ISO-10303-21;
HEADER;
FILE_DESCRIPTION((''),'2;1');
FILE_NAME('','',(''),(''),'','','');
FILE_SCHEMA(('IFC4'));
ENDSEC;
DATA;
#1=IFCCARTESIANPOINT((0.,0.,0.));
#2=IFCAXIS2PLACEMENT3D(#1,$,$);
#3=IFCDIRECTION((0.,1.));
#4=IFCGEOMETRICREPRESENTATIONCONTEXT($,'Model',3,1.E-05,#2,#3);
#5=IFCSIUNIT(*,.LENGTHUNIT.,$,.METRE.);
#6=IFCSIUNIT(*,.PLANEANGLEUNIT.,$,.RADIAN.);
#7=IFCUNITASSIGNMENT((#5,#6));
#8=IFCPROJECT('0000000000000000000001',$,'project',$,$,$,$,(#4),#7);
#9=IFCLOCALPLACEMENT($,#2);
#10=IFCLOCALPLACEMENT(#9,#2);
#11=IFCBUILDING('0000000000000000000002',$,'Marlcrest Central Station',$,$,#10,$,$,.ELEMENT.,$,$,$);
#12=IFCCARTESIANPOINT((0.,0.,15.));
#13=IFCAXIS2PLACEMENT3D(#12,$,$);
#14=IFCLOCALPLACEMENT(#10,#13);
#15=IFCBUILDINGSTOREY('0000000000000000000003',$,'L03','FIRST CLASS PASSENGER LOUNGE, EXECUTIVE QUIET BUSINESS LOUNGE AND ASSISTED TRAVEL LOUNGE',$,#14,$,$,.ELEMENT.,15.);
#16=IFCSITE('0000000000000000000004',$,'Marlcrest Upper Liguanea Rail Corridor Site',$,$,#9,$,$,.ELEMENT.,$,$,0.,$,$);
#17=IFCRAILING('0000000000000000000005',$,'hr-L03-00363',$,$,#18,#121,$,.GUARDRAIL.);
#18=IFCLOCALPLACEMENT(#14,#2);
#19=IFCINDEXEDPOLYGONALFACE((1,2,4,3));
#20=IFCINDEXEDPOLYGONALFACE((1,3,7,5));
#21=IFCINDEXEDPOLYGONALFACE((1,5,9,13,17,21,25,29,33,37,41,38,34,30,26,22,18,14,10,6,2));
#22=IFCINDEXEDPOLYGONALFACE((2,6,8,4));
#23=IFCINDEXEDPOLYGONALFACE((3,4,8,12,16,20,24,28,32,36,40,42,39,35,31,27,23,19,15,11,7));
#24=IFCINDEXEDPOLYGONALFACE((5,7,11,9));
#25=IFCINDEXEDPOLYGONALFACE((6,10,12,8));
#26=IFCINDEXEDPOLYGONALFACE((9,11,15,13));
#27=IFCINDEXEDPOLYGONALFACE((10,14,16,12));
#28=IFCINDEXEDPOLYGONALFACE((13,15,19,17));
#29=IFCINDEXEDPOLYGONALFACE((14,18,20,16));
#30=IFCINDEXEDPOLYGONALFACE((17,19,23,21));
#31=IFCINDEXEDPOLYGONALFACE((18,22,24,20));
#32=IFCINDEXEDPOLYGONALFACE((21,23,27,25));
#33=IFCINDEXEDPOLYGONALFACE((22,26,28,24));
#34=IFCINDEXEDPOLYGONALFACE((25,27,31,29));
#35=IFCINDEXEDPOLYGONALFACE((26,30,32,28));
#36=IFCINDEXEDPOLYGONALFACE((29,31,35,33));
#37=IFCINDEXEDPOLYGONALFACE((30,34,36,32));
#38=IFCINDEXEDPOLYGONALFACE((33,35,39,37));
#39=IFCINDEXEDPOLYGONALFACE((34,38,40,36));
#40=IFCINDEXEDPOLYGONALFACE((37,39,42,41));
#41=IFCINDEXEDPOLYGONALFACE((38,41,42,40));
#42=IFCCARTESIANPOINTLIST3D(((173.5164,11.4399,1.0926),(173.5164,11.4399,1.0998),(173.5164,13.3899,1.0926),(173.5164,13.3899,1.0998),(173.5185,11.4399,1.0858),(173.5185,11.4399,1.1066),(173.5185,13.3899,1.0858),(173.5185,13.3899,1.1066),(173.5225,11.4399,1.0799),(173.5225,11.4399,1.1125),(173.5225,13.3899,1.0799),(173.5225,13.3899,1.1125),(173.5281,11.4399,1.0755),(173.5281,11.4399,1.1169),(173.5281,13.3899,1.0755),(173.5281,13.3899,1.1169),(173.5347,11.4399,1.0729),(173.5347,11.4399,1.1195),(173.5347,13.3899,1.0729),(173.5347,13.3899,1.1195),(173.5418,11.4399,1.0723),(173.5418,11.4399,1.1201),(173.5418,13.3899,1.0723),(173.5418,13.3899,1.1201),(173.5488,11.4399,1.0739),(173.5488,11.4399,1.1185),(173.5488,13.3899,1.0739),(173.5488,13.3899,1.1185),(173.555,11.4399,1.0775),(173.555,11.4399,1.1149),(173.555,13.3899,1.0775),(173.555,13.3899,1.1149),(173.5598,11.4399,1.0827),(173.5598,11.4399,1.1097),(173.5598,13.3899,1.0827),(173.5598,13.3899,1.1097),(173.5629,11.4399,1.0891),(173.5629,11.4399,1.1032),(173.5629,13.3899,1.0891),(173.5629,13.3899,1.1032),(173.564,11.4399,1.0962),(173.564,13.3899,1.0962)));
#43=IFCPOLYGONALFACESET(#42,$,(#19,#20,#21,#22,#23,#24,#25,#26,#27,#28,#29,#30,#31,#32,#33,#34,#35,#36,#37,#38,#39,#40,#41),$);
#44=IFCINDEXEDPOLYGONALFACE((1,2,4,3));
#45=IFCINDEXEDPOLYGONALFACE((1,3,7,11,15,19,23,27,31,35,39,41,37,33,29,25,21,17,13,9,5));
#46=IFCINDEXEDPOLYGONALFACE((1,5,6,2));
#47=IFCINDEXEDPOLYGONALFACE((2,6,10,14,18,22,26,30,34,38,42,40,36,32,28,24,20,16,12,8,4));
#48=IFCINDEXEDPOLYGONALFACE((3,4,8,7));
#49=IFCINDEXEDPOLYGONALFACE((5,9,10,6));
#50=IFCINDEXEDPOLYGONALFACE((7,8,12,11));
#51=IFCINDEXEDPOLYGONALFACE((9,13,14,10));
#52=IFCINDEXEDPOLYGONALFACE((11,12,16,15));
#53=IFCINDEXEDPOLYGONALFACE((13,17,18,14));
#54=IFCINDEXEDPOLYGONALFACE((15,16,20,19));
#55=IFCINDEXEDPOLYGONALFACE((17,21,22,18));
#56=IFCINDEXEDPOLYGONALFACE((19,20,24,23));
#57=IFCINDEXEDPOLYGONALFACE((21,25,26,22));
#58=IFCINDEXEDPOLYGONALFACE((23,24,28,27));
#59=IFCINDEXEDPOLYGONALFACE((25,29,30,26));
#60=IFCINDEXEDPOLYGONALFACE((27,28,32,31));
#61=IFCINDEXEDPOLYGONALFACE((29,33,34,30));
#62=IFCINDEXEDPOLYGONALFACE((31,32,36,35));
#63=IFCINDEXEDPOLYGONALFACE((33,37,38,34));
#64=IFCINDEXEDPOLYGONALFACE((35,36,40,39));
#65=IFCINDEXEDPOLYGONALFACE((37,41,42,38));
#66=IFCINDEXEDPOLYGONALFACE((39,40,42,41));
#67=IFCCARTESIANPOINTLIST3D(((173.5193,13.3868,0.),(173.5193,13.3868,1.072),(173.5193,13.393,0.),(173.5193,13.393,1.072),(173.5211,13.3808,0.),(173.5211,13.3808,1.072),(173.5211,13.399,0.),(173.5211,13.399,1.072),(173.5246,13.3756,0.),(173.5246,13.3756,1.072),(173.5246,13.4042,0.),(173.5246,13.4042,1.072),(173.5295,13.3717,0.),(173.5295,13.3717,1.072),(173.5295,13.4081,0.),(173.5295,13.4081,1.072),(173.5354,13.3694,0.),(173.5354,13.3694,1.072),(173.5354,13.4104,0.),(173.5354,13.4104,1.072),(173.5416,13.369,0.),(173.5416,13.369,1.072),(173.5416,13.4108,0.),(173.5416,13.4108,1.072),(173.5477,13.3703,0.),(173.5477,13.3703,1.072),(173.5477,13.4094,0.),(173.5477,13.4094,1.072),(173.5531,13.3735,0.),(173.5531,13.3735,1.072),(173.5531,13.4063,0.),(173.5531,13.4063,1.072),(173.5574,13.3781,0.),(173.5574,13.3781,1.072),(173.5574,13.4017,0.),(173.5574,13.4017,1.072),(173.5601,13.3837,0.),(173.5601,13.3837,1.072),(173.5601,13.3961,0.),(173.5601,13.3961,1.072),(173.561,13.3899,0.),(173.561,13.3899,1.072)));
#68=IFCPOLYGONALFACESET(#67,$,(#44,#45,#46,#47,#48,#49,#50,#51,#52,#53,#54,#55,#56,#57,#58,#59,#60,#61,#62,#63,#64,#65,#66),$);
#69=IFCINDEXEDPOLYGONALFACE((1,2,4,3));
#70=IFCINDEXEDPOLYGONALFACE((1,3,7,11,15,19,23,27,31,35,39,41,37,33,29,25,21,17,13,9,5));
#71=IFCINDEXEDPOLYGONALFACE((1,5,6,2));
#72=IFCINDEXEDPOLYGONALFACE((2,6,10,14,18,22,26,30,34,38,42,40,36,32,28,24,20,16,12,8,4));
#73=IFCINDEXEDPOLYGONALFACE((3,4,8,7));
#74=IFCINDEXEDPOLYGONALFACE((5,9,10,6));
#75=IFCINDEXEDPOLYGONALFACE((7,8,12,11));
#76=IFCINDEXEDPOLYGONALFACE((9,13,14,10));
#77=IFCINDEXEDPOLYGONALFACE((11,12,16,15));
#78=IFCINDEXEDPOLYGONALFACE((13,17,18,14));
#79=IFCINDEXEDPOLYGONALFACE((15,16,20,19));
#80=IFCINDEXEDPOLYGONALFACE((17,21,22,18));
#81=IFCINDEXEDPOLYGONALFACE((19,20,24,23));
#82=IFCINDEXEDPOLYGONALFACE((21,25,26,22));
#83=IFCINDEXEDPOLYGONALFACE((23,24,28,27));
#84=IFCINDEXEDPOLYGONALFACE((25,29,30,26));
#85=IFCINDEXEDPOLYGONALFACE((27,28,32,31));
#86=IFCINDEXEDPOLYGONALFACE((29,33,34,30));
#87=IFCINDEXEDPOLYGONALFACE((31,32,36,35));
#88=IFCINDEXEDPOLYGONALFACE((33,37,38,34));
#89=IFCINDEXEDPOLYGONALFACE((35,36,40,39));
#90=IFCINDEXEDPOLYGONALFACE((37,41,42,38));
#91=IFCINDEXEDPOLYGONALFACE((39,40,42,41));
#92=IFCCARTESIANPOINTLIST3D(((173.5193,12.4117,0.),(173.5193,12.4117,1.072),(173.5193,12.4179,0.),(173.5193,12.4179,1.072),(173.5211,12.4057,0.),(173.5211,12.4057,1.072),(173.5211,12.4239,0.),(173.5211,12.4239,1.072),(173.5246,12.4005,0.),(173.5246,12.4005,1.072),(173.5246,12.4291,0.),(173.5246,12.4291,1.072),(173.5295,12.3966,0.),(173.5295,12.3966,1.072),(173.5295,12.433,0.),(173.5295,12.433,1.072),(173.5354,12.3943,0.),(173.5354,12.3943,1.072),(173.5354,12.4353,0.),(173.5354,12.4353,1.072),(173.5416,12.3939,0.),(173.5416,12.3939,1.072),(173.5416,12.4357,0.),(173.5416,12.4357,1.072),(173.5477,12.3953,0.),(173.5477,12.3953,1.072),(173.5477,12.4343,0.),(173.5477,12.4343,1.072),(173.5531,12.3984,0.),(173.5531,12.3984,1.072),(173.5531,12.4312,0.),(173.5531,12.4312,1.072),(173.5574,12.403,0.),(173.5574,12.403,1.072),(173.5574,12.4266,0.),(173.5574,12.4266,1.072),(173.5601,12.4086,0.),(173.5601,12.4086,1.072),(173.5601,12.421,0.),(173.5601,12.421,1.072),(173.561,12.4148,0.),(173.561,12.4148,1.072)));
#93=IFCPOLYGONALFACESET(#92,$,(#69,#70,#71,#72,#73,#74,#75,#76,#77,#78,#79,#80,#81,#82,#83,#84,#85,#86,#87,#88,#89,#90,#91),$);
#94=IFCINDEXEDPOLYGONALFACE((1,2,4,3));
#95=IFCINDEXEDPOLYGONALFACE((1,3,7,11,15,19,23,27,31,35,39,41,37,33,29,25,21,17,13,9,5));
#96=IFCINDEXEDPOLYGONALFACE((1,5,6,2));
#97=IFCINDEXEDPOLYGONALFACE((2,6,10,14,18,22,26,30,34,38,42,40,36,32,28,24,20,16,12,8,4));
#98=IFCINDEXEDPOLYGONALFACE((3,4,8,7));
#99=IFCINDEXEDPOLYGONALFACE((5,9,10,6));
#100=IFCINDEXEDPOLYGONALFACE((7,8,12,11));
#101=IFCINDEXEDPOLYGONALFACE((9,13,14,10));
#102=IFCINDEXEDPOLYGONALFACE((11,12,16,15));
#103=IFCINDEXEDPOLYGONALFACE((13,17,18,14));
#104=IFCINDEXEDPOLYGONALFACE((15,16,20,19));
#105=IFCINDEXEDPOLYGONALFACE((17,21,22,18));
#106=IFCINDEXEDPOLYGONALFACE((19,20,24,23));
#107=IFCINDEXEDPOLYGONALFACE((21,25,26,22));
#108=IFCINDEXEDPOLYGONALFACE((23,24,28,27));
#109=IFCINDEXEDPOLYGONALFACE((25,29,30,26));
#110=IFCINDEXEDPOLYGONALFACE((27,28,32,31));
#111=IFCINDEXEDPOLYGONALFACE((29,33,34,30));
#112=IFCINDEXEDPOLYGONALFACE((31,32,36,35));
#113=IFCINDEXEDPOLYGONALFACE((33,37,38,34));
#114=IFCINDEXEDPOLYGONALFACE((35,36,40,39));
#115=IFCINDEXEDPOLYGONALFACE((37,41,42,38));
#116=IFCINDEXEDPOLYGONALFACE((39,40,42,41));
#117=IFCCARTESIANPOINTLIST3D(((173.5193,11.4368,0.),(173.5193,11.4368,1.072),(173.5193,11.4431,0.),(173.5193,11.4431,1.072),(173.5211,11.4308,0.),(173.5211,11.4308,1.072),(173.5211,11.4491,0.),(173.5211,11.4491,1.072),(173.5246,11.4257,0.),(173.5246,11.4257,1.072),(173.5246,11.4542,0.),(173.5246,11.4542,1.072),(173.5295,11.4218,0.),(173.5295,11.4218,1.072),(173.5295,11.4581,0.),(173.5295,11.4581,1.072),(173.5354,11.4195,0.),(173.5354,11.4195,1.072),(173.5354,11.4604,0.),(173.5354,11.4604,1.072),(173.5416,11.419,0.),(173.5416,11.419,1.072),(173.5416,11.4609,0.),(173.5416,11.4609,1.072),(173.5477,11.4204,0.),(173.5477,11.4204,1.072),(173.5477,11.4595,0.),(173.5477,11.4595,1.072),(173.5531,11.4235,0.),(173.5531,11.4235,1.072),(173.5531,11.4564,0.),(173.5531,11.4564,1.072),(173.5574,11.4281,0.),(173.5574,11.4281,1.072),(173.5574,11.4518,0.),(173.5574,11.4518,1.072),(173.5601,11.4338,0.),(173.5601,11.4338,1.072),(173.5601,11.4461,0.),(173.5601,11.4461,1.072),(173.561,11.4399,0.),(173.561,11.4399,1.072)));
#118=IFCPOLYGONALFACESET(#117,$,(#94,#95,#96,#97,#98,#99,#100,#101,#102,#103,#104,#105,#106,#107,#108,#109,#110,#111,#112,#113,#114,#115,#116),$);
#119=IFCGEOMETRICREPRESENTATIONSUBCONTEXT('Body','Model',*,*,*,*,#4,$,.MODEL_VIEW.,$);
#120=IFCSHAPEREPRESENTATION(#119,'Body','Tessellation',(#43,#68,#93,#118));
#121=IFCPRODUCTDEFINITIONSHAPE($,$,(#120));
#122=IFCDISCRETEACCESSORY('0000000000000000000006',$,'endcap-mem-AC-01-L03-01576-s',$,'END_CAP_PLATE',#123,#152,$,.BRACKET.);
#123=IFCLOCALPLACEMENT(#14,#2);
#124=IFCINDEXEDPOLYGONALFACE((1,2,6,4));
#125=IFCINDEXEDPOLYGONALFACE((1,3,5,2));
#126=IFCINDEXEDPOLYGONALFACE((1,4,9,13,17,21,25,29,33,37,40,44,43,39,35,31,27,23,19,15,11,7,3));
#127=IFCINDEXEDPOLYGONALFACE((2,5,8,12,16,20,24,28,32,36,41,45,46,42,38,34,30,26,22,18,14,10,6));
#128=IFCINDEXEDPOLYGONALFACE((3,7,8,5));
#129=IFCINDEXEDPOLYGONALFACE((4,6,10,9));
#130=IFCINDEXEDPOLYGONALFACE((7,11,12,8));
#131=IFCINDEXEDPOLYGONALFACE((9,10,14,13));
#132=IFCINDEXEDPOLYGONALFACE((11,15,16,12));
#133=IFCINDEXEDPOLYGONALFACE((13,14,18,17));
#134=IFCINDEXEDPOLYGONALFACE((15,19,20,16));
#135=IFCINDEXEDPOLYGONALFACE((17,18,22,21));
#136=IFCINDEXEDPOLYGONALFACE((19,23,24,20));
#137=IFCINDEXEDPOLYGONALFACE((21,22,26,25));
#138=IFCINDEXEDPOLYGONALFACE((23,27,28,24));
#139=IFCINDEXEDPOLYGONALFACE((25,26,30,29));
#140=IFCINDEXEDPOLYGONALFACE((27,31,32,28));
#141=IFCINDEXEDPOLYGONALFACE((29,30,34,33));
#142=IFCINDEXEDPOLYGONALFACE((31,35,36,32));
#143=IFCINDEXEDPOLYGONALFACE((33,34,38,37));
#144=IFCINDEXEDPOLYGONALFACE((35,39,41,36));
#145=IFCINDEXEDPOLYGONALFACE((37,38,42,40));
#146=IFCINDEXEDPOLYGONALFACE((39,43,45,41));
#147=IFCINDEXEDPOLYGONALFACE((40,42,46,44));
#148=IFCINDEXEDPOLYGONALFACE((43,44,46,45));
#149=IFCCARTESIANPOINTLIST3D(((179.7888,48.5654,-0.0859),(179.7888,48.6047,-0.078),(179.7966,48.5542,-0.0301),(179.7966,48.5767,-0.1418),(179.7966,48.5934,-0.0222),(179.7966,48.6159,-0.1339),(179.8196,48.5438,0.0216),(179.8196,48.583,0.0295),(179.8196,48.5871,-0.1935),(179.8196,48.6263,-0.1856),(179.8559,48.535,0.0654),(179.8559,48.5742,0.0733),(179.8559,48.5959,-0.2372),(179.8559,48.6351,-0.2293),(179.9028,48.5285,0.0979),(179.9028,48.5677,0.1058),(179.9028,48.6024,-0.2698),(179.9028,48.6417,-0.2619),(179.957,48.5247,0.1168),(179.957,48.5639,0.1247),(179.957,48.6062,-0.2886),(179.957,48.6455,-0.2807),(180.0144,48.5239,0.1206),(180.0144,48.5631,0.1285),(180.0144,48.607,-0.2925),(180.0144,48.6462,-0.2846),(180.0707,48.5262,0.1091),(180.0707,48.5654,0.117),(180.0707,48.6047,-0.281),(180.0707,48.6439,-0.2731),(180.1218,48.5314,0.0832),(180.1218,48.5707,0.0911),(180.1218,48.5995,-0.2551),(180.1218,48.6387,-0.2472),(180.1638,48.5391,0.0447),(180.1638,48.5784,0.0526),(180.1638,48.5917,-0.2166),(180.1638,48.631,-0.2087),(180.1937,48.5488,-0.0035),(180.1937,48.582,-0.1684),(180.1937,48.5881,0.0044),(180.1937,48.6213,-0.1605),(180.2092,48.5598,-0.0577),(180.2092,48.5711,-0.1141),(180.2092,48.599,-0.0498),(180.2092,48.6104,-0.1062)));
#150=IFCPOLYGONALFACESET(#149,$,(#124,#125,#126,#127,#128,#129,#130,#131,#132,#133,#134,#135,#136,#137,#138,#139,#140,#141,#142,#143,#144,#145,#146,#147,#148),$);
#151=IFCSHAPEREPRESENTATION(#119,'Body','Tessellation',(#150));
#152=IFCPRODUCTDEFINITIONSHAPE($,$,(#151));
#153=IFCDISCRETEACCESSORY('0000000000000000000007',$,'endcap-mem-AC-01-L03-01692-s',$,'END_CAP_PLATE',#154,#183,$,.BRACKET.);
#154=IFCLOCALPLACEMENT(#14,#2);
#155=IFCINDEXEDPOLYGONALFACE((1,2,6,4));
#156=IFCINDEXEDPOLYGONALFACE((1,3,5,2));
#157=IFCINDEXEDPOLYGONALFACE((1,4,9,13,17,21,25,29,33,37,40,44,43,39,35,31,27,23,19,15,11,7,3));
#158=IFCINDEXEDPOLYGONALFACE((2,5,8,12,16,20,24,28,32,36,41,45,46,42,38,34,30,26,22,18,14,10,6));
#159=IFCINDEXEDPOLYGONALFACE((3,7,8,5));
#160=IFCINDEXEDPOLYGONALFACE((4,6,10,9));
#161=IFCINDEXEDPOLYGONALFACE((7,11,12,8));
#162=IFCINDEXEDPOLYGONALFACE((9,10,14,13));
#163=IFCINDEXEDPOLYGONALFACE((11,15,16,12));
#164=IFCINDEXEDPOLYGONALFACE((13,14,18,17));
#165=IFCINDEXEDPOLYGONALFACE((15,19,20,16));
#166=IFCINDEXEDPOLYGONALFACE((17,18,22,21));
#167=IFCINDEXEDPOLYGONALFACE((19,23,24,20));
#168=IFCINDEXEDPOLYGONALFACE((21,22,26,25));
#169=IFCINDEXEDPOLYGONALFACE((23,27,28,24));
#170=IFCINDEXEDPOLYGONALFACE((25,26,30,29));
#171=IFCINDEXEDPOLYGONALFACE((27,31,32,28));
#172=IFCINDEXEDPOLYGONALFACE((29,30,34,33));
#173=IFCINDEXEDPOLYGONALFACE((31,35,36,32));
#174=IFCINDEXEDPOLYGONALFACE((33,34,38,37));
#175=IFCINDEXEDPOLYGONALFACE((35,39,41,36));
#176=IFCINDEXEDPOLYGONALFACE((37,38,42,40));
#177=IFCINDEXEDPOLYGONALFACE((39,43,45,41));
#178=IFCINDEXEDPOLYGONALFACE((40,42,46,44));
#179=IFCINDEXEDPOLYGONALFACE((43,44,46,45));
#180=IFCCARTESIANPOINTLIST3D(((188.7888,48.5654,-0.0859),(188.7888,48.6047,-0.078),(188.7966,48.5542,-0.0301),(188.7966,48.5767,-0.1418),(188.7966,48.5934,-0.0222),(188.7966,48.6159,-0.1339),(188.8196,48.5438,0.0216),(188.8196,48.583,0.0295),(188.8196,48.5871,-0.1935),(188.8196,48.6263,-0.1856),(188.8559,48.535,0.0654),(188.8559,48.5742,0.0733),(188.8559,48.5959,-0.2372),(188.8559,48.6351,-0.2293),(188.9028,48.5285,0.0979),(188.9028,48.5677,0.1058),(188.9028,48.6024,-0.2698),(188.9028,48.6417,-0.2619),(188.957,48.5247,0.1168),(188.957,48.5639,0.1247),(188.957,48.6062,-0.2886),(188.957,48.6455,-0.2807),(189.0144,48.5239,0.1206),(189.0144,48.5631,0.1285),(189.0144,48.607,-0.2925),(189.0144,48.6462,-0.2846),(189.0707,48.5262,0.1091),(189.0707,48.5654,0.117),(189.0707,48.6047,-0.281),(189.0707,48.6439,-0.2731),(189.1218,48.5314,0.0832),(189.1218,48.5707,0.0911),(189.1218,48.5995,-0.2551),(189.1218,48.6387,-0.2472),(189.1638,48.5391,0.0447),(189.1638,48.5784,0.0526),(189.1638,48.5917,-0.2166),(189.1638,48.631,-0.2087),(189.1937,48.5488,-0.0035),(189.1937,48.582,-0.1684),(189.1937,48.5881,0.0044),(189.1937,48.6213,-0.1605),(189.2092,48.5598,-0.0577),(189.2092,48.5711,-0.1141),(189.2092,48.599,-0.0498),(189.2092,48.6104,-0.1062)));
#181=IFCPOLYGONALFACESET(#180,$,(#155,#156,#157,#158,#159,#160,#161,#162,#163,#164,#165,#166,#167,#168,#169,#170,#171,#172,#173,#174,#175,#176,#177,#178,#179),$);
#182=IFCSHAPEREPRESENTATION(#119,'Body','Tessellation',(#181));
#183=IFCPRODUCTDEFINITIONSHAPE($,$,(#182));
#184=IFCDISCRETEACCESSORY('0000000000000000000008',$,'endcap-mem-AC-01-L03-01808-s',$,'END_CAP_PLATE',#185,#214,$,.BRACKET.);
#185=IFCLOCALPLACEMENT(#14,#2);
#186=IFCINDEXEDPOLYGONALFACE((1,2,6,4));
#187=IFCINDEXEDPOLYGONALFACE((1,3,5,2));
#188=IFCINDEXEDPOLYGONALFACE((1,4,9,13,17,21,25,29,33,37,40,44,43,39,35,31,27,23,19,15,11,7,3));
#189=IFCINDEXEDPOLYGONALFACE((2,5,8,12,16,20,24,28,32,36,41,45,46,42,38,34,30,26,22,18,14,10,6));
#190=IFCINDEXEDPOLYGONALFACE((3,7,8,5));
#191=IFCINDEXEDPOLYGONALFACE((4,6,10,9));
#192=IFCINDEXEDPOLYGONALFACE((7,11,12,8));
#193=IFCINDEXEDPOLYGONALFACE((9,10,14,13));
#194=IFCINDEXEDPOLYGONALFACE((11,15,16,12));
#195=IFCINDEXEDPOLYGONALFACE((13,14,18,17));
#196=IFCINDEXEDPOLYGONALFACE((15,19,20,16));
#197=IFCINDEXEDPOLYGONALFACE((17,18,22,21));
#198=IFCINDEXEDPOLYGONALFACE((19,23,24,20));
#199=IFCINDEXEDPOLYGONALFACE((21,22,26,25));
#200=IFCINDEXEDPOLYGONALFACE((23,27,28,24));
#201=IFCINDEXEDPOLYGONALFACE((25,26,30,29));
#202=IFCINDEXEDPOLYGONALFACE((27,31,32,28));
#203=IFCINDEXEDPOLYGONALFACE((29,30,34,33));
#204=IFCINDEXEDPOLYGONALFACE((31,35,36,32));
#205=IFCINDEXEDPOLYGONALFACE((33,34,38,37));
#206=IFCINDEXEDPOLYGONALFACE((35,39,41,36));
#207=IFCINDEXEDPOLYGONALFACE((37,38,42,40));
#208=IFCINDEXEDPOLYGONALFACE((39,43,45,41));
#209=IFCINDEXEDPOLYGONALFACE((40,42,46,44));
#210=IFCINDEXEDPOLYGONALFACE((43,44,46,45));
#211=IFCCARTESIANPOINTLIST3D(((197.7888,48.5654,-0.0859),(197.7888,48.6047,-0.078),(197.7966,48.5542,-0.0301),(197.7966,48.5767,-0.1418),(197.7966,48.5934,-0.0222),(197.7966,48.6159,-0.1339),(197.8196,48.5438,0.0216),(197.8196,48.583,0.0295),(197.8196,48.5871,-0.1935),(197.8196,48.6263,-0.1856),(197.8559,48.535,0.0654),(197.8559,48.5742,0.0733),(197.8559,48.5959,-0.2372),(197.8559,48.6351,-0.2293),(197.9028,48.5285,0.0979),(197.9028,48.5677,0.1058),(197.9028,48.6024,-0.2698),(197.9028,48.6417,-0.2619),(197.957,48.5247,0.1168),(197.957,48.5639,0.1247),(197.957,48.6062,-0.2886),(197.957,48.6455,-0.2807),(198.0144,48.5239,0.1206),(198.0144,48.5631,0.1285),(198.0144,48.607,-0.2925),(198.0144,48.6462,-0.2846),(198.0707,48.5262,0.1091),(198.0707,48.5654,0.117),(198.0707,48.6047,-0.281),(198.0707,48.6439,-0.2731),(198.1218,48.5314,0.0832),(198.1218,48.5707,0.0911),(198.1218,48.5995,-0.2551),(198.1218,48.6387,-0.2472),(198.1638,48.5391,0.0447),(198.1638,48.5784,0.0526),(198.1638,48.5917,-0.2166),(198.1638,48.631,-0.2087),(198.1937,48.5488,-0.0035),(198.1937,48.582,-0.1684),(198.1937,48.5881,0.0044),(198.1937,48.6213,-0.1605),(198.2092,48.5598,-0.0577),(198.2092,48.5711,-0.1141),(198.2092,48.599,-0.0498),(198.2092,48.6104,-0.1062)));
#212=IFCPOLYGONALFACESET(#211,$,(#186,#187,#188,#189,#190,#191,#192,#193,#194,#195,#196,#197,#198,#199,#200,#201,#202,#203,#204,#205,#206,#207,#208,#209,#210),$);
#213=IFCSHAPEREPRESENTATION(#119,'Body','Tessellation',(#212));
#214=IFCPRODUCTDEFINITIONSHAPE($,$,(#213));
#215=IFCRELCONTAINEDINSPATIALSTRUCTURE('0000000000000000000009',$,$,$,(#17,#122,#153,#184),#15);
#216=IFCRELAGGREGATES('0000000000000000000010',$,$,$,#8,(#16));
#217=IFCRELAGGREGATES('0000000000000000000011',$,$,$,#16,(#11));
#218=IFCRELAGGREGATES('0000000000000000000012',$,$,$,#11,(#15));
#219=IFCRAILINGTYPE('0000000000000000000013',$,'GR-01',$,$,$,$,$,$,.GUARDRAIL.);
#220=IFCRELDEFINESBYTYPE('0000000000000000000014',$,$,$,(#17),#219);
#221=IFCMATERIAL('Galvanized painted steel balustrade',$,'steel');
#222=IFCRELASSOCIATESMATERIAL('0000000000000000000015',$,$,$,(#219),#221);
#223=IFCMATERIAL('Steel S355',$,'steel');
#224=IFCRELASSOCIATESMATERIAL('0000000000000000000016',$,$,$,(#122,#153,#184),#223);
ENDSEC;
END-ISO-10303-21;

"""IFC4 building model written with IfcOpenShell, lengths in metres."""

from ifc_helpers import new_model, si_unit, direction, frame, origin, origin_2d, place, context, subcontext, project, spatial, circle, extrude, material, type_object, element, save


model = new_model("IFC4")

# Units and contexts
model_context = context("Model", 3, precision=1e-05, world=origin(), true_north=direction((0.0, 1.0)))
body_context = subcontext(model_context, "Body", "Model", "MODEL_VIEW")
ifc_project = project(units=[si_unit("LENGTHUNIT", "METRE"), si_unit("PLANEANGLEUNIT", "RADIAN")], contexts=[model_context])

# Site, building, storey
site_placement = place(None, origin())
site = spatial("IfcSite", under=ifc_project, at=site_placement, Name="Marlcrest Upper Liguanea Rail Corridor Site", CompositionType="ELEMENT", RefElevation=0.0)
building_placement = place(site_placement, origin())
building = spatial("IfcBuilding", under=site, at=building_placement, Name="Marlcrest Central Station", CompositionType="ELEMENT")
storey_placement = place(building_placement, frame((0.0, 0.0, 15.0)))
storey = spatial("IfcBuildingStorey", under=building, at=storey_placement, Name="L03", Description="FIRST CLASS PASSENGER LOUNGE, EXECUTIVE QUIET BUSINESS LOUNGE AND ASSISTED TRAVEL LOUNGE", CompositionType="ELEMENT", Elevation=15.0)

# Shared definitions
ifc_material_1 = material(Name="Steel S355", Category="steel")

# Railing
ifc_material_2 = material(Name="Galvanized painted steel balustrade", Category="steel")
railing_type = type_object("IfcRailingType", Name="GR-01", PredefinedType="GUARDRAIL", material=ifc_material_2)
railing_1_placement = place(storey_placement, frame((173.54, 13.3899, 0.0)))
element("IfcRailing", 1, at=railing_1_placement, inside=storey, type_object=railing_type, Name="hr-L03-00363", PredefinedType="GUARDRAIL", context=body_context, shape_type="SweptSolid", body=[
    extrude(circle(Radius=0.0239, at=origin_2d()), frame((0.0, 0.0, 1.0962), z_axis=(0.0, -1.0, 0.0), x_axis=(1.0, 0.0, 0.0)), (0.0, 0.0, 1.0), 1.95),
    extrude(circle(Radius=0.021, at=origin_2d()), origin(), (0.0, 0.0, 1.0), 1.072),
    extrude(circle(Radius=0.021, at=origin_2d()), frame((0.0, -0.9751, 0.0)), (0.0, 0.0, 1.0), 1.072),
    extrude(circle(Radius=0.021, at=origin_2d()), frame((0.0, -1.95, 0.0)), (0.0, 0.0, 1.0), 1.072),
])

# Discrete accessories
for number, where, z_axis, x_axis, name in (
    (2, (180.0, 48.5654, -0.0859), (0.0, 0.980359, 0.197219), (-1.0, 0.0, 0.0), "endcap-mem-AC-01-L03-01576-s"),
    (3, (189.0, 48.5654, -0.0859), (0.0, 0.980359, 0.197219), (-1.0, 0.0, 0.0), "endcap-mem-AC-01-L03-01692-s"),
    (4, (198.0, 48.5654, -0.0859), (0.0, 0.980359, 0.197219), (-1.0, 0.0, 0.0), "endcap-mem-AC-01-L03-01808-s"),
):
    element("IfcDiscreteAccessory", number, at=place(storey_placement, frame(where, z_axis=z_axis, x_axis=x_axis)), inside=storey, material=ifc_material_1, Name=name, ObjectType="END_CAP_PLATE", PredefinedType="BRACKET", context=body_context, shape_type="SweptSolid", body=[
        extrude(circle(Radius=0.2112, at=origin_2d()), origin(), (0.0, 0.0, 1.0), 0.04),
    ])

save(model, "model.ifc")
